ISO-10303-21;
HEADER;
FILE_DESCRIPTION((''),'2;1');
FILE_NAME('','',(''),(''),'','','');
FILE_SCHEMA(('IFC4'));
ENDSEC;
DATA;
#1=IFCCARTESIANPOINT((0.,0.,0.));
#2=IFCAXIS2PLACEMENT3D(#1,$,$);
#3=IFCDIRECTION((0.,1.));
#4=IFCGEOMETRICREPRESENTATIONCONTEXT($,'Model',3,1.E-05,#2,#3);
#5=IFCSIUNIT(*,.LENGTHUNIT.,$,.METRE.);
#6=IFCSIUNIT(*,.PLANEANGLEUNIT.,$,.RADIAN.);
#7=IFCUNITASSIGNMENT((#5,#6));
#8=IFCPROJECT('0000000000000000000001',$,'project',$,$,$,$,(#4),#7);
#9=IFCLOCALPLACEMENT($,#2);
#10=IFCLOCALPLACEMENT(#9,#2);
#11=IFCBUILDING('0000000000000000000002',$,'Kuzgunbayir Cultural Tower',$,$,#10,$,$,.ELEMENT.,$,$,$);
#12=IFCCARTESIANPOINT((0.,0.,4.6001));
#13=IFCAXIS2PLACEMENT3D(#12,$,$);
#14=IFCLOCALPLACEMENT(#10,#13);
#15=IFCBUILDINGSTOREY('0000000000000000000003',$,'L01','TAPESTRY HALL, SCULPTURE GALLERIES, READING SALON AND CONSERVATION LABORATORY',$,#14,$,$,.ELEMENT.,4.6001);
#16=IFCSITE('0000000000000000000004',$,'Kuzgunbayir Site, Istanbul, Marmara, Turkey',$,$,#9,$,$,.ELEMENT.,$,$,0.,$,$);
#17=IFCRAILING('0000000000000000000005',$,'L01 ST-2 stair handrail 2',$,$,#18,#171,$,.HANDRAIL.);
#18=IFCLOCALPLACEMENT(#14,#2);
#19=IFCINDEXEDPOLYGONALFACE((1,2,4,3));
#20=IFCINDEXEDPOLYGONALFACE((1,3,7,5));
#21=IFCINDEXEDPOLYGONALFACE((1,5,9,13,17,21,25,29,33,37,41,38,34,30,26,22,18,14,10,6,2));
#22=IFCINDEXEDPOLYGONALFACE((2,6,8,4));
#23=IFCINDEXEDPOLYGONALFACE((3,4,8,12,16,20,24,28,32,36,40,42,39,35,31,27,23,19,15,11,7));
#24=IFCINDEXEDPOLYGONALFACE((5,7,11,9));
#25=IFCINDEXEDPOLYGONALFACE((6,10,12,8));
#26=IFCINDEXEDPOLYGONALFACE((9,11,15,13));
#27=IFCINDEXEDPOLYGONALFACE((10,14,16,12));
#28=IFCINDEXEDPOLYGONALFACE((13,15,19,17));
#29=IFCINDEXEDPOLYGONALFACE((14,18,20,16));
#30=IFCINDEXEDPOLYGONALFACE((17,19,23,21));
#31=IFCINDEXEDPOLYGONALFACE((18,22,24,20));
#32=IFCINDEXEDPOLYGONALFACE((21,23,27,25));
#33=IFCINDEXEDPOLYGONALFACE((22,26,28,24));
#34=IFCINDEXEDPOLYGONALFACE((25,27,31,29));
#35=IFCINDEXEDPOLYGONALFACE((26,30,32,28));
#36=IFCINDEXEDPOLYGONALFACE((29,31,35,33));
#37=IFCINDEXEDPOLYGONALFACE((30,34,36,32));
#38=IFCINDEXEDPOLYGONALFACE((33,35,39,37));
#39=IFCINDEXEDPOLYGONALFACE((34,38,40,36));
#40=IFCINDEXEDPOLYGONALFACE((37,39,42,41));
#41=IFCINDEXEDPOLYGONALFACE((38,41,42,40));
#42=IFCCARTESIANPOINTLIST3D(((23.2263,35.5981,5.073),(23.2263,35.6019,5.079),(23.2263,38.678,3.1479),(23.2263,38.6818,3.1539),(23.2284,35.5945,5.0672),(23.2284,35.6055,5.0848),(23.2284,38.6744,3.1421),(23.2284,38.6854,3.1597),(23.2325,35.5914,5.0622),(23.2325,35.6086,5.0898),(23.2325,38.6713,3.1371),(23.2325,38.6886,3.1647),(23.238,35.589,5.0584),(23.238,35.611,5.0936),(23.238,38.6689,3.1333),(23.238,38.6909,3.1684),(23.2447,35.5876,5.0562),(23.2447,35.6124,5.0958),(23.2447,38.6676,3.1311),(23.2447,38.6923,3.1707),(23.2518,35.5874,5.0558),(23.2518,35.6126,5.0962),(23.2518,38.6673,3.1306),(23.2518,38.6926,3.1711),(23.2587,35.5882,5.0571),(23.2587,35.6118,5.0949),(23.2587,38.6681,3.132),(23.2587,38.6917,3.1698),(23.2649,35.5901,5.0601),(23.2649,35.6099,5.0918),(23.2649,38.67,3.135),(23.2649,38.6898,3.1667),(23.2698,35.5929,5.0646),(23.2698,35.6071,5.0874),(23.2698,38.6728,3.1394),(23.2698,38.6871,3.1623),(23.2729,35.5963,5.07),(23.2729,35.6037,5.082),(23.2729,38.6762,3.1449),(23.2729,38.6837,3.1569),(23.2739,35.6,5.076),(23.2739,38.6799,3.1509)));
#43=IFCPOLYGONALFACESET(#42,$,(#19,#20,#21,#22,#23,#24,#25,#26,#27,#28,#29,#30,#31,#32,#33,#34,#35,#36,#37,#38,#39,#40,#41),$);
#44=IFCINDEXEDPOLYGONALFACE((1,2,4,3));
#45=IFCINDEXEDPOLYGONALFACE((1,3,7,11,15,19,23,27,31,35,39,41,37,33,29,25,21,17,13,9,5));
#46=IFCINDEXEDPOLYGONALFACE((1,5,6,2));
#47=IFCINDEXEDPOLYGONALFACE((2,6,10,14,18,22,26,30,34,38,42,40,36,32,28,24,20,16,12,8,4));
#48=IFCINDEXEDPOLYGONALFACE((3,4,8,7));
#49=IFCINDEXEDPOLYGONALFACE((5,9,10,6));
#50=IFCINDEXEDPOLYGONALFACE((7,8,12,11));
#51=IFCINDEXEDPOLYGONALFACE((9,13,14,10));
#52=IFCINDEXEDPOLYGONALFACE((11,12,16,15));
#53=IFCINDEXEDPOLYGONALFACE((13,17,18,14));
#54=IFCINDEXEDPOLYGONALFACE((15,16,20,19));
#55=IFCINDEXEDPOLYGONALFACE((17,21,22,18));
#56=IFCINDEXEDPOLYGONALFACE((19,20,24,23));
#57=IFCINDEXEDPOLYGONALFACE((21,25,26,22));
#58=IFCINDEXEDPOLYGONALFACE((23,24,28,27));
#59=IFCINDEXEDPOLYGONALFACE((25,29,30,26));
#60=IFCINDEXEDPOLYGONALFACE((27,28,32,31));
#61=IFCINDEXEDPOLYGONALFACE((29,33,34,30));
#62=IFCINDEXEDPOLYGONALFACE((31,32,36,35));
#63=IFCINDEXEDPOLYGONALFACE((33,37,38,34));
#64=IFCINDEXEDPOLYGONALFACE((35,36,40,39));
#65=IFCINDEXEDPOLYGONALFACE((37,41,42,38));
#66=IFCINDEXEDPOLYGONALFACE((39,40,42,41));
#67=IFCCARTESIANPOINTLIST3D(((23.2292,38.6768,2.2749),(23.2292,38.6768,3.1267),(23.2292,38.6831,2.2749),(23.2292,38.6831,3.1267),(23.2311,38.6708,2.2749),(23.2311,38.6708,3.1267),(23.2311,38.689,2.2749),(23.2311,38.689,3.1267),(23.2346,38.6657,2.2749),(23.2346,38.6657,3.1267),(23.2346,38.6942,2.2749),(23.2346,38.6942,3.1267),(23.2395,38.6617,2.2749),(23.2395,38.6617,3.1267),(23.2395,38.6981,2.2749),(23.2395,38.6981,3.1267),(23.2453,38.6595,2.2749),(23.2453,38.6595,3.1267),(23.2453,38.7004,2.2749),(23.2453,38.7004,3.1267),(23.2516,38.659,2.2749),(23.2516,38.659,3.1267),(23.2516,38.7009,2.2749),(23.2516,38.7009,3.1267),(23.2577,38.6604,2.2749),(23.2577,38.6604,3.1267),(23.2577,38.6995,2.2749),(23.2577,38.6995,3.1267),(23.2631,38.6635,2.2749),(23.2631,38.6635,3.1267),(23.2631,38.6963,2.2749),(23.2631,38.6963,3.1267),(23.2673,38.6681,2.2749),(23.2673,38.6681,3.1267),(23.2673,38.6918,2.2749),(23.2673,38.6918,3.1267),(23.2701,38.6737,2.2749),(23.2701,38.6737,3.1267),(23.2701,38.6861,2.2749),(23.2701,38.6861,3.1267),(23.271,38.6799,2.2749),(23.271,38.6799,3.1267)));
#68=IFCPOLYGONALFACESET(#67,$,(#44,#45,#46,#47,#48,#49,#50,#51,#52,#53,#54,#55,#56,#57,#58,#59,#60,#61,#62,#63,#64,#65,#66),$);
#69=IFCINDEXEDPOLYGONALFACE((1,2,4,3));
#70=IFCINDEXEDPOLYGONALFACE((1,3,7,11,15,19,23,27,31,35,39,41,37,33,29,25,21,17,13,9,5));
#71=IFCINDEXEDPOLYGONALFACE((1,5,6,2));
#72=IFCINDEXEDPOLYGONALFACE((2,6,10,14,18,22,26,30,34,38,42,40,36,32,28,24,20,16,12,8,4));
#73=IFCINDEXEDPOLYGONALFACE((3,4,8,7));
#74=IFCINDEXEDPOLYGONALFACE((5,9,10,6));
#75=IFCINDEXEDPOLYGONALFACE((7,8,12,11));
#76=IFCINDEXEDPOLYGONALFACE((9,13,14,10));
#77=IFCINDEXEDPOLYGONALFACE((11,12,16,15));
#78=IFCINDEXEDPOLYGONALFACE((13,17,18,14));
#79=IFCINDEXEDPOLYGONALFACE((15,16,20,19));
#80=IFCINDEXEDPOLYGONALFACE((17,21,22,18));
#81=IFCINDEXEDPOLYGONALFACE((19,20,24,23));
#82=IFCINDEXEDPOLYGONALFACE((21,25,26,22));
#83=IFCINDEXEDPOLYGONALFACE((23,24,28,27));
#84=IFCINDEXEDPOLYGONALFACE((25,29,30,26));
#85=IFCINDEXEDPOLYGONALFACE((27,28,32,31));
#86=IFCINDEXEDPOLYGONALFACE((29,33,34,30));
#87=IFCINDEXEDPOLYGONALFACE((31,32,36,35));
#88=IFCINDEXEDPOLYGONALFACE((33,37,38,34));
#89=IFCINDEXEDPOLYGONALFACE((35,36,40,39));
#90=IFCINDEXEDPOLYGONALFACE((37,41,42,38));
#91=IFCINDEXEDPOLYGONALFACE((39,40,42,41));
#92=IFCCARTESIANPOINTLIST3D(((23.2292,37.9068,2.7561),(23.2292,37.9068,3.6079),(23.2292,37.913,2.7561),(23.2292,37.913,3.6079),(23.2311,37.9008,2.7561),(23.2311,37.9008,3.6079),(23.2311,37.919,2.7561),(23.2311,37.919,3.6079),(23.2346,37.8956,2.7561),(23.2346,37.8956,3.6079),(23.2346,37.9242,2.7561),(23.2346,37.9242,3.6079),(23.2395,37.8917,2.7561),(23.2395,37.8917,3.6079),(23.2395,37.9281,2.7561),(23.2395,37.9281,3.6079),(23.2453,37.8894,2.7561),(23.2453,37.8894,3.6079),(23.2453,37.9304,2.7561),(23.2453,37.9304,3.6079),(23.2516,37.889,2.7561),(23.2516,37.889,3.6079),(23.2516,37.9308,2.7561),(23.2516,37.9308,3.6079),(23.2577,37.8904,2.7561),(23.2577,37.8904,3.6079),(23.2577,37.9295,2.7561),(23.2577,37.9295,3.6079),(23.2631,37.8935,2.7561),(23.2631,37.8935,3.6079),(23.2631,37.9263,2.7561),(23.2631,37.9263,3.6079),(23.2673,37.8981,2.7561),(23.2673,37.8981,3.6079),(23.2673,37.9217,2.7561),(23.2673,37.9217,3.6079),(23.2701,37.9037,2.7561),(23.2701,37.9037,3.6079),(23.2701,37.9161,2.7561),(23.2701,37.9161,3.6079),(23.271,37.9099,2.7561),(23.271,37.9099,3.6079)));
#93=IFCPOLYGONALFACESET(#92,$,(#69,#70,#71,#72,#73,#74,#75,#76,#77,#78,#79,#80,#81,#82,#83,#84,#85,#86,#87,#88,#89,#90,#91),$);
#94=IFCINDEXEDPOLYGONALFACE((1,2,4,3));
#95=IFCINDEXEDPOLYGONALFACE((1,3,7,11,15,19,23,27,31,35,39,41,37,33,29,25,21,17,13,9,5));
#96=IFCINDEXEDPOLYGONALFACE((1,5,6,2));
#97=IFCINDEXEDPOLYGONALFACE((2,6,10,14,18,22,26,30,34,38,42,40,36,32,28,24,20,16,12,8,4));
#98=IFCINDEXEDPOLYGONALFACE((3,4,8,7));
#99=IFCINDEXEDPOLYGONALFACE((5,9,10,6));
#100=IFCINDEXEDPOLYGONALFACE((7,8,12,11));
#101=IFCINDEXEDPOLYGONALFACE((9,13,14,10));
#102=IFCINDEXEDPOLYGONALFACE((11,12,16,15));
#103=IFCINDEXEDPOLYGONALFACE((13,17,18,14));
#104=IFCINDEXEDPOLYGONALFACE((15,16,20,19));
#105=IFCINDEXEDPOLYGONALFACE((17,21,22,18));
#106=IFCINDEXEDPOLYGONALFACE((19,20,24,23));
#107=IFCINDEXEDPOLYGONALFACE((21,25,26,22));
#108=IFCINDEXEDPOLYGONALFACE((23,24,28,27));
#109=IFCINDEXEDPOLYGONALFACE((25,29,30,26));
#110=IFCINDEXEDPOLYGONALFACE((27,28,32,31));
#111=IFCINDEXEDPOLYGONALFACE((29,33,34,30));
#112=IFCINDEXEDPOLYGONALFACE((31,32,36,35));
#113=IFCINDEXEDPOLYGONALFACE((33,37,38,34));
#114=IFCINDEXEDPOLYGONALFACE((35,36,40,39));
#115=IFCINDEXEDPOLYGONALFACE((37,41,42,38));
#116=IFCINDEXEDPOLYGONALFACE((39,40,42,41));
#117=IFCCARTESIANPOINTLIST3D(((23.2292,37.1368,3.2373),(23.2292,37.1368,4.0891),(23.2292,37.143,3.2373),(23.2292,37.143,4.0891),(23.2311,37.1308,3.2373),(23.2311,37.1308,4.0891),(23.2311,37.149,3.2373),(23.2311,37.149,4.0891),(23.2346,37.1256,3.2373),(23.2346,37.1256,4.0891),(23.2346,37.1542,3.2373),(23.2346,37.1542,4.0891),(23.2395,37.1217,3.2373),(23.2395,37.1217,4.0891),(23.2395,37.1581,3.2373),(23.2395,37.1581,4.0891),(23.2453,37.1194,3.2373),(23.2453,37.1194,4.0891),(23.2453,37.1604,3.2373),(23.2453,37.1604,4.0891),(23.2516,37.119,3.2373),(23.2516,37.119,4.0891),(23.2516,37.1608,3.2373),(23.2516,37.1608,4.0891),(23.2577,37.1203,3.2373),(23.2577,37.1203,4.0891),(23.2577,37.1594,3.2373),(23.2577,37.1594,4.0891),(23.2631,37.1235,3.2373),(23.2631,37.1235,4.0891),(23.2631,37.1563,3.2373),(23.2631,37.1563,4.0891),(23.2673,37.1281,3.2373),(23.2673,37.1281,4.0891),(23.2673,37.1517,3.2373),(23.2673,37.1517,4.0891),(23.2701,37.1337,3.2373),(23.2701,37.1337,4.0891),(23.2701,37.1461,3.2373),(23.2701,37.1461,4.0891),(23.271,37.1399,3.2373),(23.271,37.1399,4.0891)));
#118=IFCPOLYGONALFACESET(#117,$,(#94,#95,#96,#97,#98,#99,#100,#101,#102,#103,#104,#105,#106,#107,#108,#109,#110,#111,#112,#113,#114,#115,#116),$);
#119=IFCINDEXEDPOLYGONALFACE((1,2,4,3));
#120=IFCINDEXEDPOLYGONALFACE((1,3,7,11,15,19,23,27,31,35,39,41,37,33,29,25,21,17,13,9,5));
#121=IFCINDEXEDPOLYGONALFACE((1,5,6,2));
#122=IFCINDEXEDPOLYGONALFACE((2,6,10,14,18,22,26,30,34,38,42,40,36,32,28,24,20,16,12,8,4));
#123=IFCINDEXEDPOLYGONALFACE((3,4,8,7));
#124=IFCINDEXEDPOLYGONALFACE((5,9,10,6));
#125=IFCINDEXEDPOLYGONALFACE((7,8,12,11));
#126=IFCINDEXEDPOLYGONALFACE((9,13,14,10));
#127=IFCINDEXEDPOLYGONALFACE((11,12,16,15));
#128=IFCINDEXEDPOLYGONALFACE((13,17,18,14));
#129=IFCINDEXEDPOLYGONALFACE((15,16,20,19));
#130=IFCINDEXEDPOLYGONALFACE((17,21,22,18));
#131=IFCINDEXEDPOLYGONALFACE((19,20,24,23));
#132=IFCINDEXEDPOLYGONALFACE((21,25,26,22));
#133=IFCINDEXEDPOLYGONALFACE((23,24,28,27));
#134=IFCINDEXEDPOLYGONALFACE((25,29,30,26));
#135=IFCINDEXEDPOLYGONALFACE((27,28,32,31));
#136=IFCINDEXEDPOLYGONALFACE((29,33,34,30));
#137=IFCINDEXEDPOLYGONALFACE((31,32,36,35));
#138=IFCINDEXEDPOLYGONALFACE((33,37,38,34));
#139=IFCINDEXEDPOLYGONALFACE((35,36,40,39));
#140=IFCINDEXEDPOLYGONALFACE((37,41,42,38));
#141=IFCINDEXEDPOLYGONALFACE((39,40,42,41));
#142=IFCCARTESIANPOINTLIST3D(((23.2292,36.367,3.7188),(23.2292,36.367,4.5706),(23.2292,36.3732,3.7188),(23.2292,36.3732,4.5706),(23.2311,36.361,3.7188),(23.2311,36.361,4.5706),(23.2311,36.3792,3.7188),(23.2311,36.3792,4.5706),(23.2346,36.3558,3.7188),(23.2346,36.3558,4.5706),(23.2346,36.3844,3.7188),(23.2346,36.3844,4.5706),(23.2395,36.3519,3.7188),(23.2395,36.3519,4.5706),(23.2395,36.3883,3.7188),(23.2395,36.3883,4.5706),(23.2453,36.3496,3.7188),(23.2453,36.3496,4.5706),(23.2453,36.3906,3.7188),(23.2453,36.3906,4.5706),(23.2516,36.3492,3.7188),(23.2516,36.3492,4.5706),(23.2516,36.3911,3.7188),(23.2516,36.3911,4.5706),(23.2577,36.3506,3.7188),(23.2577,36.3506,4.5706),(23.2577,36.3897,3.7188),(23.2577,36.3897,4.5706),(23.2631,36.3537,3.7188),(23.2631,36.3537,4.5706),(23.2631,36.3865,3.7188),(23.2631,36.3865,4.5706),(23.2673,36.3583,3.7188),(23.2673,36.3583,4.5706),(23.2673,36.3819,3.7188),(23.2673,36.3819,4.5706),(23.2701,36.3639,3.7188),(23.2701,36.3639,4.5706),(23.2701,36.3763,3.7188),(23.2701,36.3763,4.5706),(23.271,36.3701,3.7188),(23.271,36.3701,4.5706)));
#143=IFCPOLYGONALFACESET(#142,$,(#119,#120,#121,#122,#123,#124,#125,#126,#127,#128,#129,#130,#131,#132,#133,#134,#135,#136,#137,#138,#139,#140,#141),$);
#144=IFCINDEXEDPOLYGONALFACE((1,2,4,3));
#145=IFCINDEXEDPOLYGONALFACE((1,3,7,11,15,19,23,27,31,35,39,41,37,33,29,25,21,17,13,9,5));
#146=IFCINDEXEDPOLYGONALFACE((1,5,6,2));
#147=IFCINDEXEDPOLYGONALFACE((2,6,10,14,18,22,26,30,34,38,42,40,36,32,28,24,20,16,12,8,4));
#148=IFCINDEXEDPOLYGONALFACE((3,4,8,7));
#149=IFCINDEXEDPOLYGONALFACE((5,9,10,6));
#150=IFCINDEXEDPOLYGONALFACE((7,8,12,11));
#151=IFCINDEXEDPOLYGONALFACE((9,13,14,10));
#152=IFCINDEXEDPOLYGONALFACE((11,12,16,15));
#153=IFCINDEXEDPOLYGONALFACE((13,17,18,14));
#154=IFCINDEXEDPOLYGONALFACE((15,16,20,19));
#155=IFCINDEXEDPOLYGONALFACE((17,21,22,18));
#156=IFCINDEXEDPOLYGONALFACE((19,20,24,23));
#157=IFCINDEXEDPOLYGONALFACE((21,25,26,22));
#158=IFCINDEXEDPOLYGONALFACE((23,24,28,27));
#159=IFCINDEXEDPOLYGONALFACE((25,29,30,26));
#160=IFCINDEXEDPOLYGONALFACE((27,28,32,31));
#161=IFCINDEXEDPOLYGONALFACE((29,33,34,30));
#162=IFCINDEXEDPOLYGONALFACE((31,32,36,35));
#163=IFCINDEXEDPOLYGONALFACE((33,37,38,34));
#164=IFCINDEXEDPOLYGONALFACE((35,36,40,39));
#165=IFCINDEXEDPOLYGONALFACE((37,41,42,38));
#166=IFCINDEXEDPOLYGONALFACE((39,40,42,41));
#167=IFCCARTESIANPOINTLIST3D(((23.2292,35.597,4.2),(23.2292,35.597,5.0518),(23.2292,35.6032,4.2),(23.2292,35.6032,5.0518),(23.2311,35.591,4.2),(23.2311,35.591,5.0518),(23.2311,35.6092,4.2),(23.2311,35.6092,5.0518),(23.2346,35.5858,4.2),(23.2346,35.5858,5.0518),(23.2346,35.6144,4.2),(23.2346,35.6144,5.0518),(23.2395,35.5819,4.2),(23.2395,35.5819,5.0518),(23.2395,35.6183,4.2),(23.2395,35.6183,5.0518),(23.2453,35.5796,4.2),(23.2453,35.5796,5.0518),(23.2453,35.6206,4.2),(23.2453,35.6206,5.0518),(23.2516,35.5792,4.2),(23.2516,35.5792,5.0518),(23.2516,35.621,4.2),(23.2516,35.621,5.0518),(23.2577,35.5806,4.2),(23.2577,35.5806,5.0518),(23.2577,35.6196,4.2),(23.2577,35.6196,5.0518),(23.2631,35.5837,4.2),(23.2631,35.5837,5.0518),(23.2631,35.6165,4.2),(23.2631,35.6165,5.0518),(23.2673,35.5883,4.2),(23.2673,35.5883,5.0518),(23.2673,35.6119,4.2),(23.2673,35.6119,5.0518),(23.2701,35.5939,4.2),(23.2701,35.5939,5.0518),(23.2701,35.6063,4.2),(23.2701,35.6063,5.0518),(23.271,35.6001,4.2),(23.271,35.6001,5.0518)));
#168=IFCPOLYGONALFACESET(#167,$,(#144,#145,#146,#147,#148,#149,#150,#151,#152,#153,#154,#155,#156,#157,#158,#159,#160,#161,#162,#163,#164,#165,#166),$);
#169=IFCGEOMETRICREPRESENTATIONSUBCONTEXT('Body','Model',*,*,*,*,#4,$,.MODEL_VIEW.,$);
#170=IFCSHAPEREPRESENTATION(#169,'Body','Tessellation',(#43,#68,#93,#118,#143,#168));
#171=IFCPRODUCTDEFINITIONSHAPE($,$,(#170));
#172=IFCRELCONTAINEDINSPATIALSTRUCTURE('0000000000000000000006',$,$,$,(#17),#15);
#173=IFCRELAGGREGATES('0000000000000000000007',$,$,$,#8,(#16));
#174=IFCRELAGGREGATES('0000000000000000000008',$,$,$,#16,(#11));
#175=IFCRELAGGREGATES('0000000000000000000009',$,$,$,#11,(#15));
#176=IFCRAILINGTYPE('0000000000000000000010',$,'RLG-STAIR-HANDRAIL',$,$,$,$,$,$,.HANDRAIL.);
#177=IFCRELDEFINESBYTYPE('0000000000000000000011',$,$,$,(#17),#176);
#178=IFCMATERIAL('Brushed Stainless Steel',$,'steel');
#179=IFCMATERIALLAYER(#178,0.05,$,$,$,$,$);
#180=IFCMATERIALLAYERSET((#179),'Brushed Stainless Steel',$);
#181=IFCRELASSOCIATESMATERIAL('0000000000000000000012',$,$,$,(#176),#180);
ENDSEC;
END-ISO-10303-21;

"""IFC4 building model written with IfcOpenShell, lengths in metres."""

from ifc_helpers import new_model, si_unit, direction, frame, origin, origin_2d, place, context, subcontext, project, spatial, circle, extrude, material, layer, layer_set, type_object, element, save


model = new_model("IFC4")

# Units and contexts
model_context = context("Model", 3, precision=1e-05, world=origin(), true_north=direction((0.0, 1.0)))
body_context = subcontext(model_context, "Body", "Model", "MODEL_VIEW")
ifc_project = project(units=[si_unit("LENGTHUNIT", "METRE"), si_unit("PLANEANGLEUNIT", "RADIAN")], contexts=[model_context])

# Site, building, storey
site_placement = place(None, origin())
site = spatial("IfcSite", under=ifc_project, at=site_placement, Name="Kuzgunbayir Site, Istanbul, Marmara, Turkey", CompositionType="ELEMENT", RefElevation=0.0)
building_placement = place(site_placement, origin())
building = spatial("IfcBuilding", under=site, at=building_placement, Name="Kuzgunbayir Cultural Tower", CompositionType="ELEMENT")
storey_placement = place(building_placement, frame((0.0, 0.0, 4.6001)))
storey = spatial("IfcBuildingStorey", under=building, at=storey_placement, Name="L01", Description="TAPESTRY HALL, SCULPTURE GALLERIES, READING SALON AND CONSERVATION LABORATORY", CompositionType="ELEMENT", Elevation=4.6001)

# Shared definitions
ifc_material_1 = material(Name="Brushed Stainless Steel", Category="steel")

# Railing
ifc_layer_1 = layer(ifc_material_1, 0.05)
ifc_layer_set_1 = layer_set([ifc_layer_1], Name="Brushed Stainless Steel")
railing_type_1 = type_object("IfcRailingType", Name="RLG-STAIR-HANDRAIL", PredefinedType="HANDRAIL", material=ifc_layer_set_1)
railing_1_placement = place(storey_placement, frame((23.25, 38.6799, 2.2749)))
element("IfcRailing", 1, at=railing_1_placement, inside=storey, type_object=railing_type_1, Name="L01 ST-2 stair handrail 2", PredefinedType="HANDRAIL", context=body_context, shape_type="SweptSolid", body=[
    extrude(circle(Radius=0.0239, at=origin_2d()), frame((0.0, 0.0, 0.876), z_axis=(0.0, -0.847979, 0.530029), x_axis=(1.0, 0.0, 0.0)), (0.0, 0.0, 1.0), 3.6321),
    extrude(circle(Radius=0.021, at=origin_2d()), origin(), (0.0, 0.0, 1.0), 0.8518),
    extrude(circle(Radius=0.021, at=origin_2d()), frame((0.0, -0.77, 0.4812)), (0.0, 0.0, 1.0), 0.8518),
    extrude(circle(Radius=0.021, at=origin_2d()), frame((0.0, -1.54, 0.9624)), (0.0, 0.0, 1.0), 0.8518),
    extrude(circle(Radius=0.021, at=origin_2d()), frame((0.0, -2.3098, 1.4438)), (0.0, 0.0, 1.0), 0.8518),
    extrude(circle(Radius=0.021, at=origin_2d()), frame((0.0, -3.0798, 1.925)), (0.0, 0.0, 1.0), 0.8518),
])

save(model, "model.ifc")
